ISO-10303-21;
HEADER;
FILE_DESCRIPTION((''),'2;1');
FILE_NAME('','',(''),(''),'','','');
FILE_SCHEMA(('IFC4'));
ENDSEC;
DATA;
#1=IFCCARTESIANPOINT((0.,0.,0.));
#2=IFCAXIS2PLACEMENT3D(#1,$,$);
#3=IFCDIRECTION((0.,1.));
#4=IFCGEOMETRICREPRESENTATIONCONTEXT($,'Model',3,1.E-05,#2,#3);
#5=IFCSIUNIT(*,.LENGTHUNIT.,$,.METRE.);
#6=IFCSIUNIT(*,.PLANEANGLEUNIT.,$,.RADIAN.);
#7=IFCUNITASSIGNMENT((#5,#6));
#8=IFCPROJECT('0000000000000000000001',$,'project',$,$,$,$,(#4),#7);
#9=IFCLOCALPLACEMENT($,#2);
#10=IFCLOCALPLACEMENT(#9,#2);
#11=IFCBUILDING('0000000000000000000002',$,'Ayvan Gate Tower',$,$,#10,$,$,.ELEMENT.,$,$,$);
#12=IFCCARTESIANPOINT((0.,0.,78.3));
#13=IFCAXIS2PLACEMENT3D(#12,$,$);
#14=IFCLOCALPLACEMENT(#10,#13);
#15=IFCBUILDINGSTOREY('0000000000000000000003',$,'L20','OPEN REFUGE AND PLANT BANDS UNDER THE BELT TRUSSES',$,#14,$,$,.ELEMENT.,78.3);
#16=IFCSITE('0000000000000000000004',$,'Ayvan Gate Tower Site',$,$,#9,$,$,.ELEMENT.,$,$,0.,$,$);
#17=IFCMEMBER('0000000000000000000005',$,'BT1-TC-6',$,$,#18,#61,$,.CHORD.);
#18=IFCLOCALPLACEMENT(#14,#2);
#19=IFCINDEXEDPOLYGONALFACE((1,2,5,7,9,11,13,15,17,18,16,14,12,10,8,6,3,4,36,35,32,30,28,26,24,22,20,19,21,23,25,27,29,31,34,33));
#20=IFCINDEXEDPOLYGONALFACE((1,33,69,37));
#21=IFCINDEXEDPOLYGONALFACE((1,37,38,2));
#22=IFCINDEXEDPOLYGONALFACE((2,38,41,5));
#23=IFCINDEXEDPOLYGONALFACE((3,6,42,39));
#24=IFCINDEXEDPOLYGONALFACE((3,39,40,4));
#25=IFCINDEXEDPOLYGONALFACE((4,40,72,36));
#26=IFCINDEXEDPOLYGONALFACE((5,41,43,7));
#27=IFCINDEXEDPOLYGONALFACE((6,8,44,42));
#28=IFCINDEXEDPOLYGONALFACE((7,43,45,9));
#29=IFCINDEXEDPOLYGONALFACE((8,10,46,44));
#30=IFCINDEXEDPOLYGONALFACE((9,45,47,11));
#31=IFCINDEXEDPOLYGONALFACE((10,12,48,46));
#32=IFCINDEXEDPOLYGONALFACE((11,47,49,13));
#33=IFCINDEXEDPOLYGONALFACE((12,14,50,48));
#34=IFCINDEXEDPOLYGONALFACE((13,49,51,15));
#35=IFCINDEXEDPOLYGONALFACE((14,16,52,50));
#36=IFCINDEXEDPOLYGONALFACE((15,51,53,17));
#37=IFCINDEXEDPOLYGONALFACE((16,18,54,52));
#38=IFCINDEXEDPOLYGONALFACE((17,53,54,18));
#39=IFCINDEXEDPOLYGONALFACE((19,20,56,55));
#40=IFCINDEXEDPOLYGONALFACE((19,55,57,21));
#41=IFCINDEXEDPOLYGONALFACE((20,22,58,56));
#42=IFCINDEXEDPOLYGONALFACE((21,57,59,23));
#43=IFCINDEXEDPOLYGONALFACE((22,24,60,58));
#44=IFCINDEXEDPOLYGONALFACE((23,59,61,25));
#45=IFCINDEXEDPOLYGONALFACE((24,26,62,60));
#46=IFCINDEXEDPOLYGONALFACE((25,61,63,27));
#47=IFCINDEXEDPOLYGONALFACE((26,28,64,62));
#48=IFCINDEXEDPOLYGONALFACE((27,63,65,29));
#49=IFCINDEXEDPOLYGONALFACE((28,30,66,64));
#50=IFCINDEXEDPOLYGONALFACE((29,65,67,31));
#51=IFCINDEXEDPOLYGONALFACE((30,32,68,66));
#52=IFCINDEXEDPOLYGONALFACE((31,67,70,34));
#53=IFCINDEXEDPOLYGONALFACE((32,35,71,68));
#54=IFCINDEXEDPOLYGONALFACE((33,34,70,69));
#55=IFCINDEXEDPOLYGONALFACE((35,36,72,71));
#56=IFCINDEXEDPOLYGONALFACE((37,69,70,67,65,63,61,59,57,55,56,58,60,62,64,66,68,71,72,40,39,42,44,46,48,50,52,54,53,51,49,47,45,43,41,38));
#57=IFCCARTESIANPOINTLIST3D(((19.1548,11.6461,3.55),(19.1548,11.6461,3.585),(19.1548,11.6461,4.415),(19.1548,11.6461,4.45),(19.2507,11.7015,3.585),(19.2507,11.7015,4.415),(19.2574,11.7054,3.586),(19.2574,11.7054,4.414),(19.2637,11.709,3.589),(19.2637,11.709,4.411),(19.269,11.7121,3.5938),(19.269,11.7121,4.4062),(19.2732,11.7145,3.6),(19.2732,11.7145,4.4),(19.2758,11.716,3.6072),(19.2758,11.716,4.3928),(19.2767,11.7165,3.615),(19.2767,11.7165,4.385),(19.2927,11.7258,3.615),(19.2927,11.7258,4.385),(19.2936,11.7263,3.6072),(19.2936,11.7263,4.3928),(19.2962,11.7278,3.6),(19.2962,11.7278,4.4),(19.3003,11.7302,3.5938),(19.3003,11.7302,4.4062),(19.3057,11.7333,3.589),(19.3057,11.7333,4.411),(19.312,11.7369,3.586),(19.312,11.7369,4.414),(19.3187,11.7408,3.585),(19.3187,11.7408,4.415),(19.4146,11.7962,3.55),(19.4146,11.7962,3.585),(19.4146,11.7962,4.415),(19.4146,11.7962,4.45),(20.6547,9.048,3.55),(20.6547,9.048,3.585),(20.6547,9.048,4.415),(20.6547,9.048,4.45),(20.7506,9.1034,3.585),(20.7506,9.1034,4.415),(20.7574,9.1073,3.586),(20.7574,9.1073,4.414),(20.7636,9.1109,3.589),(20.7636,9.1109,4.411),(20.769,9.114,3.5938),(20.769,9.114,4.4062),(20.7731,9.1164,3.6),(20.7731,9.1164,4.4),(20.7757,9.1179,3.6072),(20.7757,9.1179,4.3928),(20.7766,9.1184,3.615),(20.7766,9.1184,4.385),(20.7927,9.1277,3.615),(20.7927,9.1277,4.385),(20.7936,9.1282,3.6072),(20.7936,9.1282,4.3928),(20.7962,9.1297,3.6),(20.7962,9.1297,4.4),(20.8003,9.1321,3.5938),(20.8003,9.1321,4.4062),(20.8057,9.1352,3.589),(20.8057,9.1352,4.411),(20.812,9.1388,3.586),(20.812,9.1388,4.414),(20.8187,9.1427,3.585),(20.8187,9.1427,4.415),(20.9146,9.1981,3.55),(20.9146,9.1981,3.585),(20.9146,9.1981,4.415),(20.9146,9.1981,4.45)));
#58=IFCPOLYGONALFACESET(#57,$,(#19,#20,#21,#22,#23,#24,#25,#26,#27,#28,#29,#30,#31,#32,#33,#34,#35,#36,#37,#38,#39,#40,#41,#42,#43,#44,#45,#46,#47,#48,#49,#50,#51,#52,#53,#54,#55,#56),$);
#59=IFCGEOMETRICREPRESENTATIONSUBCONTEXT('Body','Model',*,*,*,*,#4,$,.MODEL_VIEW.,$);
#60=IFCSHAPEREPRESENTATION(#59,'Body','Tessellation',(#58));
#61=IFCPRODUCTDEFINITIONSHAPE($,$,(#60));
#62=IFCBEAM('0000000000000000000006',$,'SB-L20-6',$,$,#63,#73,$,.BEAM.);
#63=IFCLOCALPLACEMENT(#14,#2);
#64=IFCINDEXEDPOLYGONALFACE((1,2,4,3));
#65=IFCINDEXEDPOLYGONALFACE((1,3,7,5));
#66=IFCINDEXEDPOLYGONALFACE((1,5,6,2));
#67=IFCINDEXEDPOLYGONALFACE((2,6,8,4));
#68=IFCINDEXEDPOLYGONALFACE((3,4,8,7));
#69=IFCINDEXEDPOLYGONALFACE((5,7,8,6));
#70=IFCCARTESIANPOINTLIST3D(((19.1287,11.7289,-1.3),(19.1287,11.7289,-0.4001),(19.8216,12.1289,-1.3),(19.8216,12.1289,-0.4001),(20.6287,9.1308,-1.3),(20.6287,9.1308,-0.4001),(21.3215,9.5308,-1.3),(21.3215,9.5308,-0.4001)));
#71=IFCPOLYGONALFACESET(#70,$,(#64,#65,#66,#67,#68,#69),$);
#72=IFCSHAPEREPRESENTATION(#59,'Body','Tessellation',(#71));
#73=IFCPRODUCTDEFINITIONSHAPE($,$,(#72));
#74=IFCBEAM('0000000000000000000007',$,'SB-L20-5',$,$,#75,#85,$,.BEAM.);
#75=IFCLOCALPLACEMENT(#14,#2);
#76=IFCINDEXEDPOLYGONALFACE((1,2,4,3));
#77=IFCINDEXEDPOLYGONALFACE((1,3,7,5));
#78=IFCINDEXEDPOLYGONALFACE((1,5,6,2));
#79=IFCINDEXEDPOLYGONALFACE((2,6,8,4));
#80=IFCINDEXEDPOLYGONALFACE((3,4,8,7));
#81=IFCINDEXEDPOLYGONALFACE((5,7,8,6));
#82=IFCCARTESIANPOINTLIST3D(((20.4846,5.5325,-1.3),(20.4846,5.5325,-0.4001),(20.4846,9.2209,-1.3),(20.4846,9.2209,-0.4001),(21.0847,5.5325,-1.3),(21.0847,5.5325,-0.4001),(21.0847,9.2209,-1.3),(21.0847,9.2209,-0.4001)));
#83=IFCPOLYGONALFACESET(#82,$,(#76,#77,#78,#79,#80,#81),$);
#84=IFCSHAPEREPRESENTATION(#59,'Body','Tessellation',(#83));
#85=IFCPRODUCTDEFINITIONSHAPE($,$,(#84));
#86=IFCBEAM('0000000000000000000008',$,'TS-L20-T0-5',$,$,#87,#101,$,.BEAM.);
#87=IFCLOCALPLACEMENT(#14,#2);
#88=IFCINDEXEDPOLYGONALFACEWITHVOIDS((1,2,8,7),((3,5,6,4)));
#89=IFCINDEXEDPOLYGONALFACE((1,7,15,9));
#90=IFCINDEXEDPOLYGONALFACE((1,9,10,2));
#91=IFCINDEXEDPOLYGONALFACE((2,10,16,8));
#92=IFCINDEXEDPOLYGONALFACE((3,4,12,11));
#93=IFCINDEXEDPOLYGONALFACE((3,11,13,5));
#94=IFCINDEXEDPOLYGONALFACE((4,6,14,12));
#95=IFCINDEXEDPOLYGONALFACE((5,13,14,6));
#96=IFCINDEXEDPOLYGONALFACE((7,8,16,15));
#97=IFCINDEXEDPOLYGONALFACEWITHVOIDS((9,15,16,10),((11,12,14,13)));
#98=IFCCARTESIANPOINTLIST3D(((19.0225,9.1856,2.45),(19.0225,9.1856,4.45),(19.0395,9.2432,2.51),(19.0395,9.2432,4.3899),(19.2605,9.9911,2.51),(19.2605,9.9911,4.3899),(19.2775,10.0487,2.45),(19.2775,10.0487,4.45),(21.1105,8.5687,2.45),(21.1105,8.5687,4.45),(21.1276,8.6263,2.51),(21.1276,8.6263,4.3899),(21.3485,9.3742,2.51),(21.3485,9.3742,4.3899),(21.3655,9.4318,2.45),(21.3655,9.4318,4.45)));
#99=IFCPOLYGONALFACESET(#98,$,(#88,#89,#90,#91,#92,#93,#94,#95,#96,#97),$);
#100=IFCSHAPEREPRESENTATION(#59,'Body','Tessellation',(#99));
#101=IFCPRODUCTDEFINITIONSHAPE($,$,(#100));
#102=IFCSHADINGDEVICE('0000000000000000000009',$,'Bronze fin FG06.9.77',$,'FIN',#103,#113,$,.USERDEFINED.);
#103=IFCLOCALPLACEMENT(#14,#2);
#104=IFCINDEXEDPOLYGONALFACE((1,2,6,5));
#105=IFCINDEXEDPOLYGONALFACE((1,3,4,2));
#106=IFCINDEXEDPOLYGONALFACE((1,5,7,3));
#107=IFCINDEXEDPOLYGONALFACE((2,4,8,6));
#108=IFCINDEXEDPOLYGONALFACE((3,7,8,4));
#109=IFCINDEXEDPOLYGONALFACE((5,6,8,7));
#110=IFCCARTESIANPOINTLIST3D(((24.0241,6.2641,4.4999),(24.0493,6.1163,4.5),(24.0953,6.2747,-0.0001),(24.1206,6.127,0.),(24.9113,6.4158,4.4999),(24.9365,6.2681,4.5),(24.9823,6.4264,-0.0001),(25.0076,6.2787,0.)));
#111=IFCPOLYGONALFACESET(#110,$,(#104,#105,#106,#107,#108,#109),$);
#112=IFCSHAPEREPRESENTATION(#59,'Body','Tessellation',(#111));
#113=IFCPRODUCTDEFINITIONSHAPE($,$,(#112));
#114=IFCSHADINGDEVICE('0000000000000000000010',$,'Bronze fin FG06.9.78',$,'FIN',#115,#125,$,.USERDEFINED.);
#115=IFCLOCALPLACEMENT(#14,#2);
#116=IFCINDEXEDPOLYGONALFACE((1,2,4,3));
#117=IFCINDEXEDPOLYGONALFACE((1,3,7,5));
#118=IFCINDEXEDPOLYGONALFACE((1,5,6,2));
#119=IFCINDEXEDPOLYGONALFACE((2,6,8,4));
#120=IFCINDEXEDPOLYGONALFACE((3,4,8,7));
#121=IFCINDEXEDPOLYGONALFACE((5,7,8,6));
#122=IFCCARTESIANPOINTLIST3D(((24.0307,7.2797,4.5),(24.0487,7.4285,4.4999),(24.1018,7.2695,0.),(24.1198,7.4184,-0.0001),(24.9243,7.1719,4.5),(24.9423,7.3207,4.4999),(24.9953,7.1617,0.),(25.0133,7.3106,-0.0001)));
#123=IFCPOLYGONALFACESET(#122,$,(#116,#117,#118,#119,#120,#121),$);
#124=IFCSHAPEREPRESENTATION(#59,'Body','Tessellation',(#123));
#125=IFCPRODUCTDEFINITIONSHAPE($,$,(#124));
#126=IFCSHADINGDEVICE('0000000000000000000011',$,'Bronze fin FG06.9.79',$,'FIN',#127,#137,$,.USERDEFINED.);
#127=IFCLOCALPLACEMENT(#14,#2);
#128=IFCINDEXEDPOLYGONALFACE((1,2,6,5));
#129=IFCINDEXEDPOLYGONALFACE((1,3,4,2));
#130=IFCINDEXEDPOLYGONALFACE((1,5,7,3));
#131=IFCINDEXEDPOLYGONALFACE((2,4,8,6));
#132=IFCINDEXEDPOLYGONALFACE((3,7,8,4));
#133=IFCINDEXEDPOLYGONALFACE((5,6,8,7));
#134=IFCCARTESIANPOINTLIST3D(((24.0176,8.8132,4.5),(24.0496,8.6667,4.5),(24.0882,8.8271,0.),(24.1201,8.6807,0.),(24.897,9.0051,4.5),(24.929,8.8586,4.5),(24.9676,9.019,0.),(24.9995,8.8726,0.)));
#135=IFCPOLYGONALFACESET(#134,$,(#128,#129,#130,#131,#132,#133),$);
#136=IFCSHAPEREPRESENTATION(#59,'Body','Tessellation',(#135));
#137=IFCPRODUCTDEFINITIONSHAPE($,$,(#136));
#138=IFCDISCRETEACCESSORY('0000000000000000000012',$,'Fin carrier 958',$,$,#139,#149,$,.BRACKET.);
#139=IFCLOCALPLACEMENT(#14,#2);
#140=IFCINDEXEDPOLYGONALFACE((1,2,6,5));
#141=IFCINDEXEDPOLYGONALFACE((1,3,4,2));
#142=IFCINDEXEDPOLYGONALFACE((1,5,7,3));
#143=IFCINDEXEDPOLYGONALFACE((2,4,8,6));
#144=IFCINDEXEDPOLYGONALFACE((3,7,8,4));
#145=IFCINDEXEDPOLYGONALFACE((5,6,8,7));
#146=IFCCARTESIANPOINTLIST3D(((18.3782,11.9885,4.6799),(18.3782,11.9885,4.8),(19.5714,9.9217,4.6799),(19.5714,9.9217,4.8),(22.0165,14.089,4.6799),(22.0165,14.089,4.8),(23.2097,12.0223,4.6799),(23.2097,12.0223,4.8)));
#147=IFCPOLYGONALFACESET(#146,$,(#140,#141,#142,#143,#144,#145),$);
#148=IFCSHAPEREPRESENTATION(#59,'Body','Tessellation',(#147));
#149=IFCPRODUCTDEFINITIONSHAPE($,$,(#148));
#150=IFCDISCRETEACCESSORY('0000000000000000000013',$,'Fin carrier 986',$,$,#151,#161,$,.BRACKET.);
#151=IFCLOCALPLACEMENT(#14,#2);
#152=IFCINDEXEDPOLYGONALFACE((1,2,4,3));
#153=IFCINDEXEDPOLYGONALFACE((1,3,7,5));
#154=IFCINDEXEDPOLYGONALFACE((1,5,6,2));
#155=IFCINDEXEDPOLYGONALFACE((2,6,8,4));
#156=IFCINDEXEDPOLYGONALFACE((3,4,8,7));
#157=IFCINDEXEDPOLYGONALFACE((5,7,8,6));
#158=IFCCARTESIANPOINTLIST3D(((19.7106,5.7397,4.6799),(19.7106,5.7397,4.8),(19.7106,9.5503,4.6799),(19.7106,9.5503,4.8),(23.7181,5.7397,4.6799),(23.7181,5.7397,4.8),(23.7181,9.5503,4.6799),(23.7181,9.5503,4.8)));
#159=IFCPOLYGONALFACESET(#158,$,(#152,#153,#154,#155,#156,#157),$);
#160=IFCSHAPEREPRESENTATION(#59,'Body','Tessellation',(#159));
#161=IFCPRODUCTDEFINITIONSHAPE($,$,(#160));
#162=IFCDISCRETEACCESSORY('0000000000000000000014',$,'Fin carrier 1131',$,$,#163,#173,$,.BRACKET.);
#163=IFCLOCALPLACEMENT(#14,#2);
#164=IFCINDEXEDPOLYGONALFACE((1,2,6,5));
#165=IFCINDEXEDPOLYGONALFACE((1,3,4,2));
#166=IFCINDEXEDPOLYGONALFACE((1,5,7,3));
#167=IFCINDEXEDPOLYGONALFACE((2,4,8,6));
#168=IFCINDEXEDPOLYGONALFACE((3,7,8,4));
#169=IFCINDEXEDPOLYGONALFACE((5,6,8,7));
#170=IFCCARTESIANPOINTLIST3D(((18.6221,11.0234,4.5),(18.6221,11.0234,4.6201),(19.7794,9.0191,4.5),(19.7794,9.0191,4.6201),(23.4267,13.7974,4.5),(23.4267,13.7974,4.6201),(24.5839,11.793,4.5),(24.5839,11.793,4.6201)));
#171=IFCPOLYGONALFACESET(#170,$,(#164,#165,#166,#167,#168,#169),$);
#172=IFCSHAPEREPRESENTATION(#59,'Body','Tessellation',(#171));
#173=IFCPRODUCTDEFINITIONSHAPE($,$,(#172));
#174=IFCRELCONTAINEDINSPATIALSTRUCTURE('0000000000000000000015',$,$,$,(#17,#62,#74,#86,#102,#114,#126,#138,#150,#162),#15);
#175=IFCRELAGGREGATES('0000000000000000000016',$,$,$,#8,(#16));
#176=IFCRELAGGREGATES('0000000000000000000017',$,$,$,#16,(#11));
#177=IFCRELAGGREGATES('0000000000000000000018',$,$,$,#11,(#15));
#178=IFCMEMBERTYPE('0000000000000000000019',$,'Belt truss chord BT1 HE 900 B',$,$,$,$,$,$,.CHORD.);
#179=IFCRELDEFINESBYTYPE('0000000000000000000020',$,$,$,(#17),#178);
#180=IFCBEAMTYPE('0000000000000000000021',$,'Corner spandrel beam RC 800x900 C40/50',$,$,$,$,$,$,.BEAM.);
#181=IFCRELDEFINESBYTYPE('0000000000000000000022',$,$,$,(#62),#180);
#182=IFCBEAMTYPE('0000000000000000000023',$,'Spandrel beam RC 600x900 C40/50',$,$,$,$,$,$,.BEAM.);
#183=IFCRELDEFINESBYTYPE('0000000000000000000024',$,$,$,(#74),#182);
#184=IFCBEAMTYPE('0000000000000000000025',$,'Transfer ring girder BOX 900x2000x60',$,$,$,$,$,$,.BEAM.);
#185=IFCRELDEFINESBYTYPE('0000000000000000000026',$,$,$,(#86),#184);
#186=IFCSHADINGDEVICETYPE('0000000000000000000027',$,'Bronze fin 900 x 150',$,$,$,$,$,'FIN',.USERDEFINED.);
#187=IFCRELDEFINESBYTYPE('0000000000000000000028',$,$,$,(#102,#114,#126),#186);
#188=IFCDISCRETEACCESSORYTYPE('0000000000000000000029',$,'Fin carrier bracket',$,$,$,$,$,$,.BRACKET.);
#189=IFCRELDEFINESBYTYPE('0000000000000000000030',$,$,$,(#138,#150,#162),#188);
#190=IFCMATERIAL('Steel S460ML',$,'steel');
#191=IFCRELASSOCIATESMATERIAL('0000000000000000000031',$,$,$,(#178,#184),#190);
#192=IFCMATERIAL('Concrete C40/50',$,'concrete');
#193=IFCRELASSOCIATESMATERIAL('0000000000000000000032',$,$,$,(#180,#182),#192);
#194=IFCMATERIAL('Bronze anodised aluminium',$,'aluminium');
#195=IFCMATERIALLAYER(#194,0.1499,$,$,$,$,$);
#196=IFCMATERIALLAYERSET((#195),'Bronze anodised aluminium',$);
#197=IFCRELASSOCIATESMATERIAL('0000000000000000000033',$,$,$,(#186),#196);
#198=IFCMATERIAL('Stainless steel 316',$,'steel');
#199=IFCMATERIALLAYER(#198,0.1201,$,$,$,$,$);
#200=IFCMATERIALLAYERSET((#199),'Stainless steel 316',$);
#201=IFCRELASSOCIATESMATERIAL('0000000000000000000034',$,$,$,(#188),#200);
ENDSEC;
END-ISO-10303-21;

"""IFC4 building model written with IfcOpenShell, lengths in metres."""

from ifc_helpers import new_model, si_unit, direction, frame, origin, origin_2d, place, context, subcontext, project, spatial, polyline, rectangle, hollow_rectangle, i_section, outline, extrude, material, layer, layer_set, material_profile, profile_set, type_object, element, save


model = new_model("IFC4")

# Units and contexts
model_context = context("Model", 3, precision=1e-05, world=origin(), true_north=direction((0.0, 1.0)))
body_context = subcontext(model_context, "Body", "Model", "MODEL_VIEW")
ifc_project = project(units=[si_unit("LENGTHUNIT", "METRE"), si_unit("PLANEANGLEUNIT", "RADIAN")], contexts=[model_context])

# Site, building, storey
site_placement = place(None, origin())
site = spatial("IfcSite", under=ifc_project, at=site_placement, Name="Ayvan Gate Tower Site", CompositionType="ELEMENT", RefElevation=0.0)
building_placement = place(site_placement, origin())
building = spatial("IfcBuilding", under=site, at=building_placement, Name="Ayvan Gate Tower", CompositionType="ELEMENT")
storey_placement = place(building_placement, frame((0.0, 0.0, 78.3)))
storey = spatial("IfcBuildingStorey", under=building, at=storey_placement, Name="L20", Description="OPEN REFUGE AND PLANT BANDS UNDER THE BELT TRUSSES", CompositionType="ELEMENT", Elevation=78.3)

# Member
ifc_material_1 = material(Name="Steel S460ML", Category="steel")
ifc_material_profile_1 = material_profile(ifc_material_1, i_section(OverallWidth=0.3, OverallDepth=0.8999, WebThickness=0.0186, FlangeThickness=0.0349, FilletRadius=0.03, at=origin_2d()), Name="HE 900 B")
ifc_profile_set_1 = profile_set([ifc_material_profile_1], Name="Steel S460ML")
member_type_1 = type_object("IfcMemberType", Name="Belt truss chord BT1 HE 900 B", PredefinedType="CHORD", material=ifc_profile_set_1)
for number, where, z_axis, x_axis, name in (
    (1, (20.7847, 9.123, 4.0), (-0.49999, 0.866031, 0.0), (-0.866031, -0.49999, 0.0), "BT1-TC-6"),
):
    element("IfcMember", number, at=place(storey_placement, frame(where, z_axis=z_axis, x_axis=x_axis)), inside=storey, type_object=member_type_1, Name=name, PredefinedType="CHORD", context=body_context, shape_type="SweptSolid", body=[
        extrude(i_section(OverallWidth=0.3, OverallDepth=0.8999, WebThickness=0.0186, FlangeThickness=0.0349, FilletRadius=0.03, at=origin_2d()), origin(), (0.0, 0.0, 1.0), 3.0),
    ])

# Beams
ifc_material_2 = material(Name="Concrete C40/50", Category="concrete")
ifc_material_profile_2 = material_profile(ifc_material_2, rectangle(XDim=0.8, YDim=0.8999, at=origin_2d()), Name="RC 800x900")
ifc_profile_set_2 = profile_set([ifc_material_profile_2], Name="Concrete C40/50")
beam_type_1 = type_object("IfcBeamType", Name="Corner spandrel beam RC 800x900 C40/50", PredefinedType="BEAM", material=ifc_profile_set_2)
beam_1_placement = place(storey_placement, frame((20.9751, 9.3308, -0.8501), z_axis=(-0.49999, 0.866031, 0.0), x_axis=(-0.866031, -0.49999, 0.0)))
element("IfcBeam", 2, at=beam_1_placement, inside=storey, type_object=beam_type_1, Name="SB-L20-6", PredefinedType="BEAM", context=body_context, shape_type="SweptSolid", body=[
    extrude(rectangle(XDim=0.8, YDim=0.8999, at=origin_2d()), origin(), (0.0, 0.0, 1.0), 3.0),
])
ifc_material_profile_3 = material_profile(ifc_material_2, rectangle(XDim=0.6001, YDim=0.8999, at=origin_2d()), Name="RC 600x900")
ifc_profile_set_3 = profile_set([ifc_material_profile_3], Name="Concrete C40/50")
beam_type_2 = type_object("IfcBeamType", Name="Spandrel beam RC 600x900 C40/50", PredefinedType="BEAM", material=ifc_profile_set_3)
beam_2_placement = place(storey_placement, frame((20.7847, 5.5325, -0.8501), z_axis=(0.0, 1.0, 0.0), x_axis=(-1.0, 0.0, 0.0)))
element("IfcBeam", 3, at=beam_2_placement, inside=storey, type_object=beam_type_2, Name="SB-L20-5", PredefinedType="BEAM", context=body_context, shape_type="SweptSolid", body=[
    extrude(rectangle(XDim=0.6001, YDim=0.8999, at=origin_2d()), origin(), (0.0, 0.0, 1.0), 3.6885),
])
ifc_material_profile_4 = material_profile(ifc_material_1, hollow_rectangle(XDim=0.8999, YDim=2.0, WallThickness=0.0601, at=origin_2d()), Name="BOX 900x2000x60")
ifc_profile_set_4 = profile_set([ifc_material_profile_4], Name="Steel S460ML")
beam_type_3 = type_object("IfcBeamType", Name="Transfer ring girder BOX 900x2000x60", PredefinedType="BEAM", material=ifc_profile_set_4)
beam_3_placement = place(storey_placement, frame((21.238, 9.0002, 3.45), z_axis=(-0.959018, 0.283344, 0.0), x_axis=(-0.283344, -0.959018, 0.0)))
element("IfcBeam", 4, at=beam_3_placement, inside=storey, type_object=beam_type_3, Name="TS-L20-T0-5", PredefinedType="BEAM", context=body_context, shape_type="SweptSolid", body=[
    extrude(hollow_rectangle(XDim=0.8999, YDim=2.0, WallThickness=0.0601, at=origin_2d()), origin(), (0.0, 0.0, 1.0), 2.1772),
])

# Shading devices
ifc_material_3 = material(Name="Bronze anodised aluminium", Category="aluminium")
ifc_layer_1 = layer(ifc_material_3, 0.1499)
ifc_layer_set_1 = layer_set([ifc_layer_1], Name="Bronze anodised aluminium")
shading_device_type = type_object("IfcShadingDeviceType", Name="Bronze fin 900 x 150", ElementType="FIN", PredefinedType="USERDEFINED", material=ifc_layer_set_1)
shading_device_1_placement = place(storey_placement, frame((24.1206, 6.127, 0.0), z_axis=(0.168599, -0.985685, 0.00034), x_axis=(0.985685, 0.168599, 0.0)))
element("IfcShadingDevice", 5, at=shading_device_1_placement, inside=storey, type_object=shading_device_type, Name="Bronze fin FG06.9.77", ObjectType="FIN", PredefinedType="USERDEFINED", context=body_context, shape_type="SweptSolid", body=[
    extrude(outline(polyline([(0.0, 0.0), (0.8999, 0.0), (0.828, 4.5), (-0.072, 4.5), (0.0, 0.0)])), origin(), (0.0, 0.0, -1.0), 0.1499),
])
shading_device_2_placement = place(storey_placement, frame((24.1018, 7.2695, 0.0), z_axis=(-0.11976, -0.992803, 0.000345), x_axis=(0.992803, -0.11976, 0.0)))
element("IfcShadingDevice", 6, at=shading_device_2_placement, inside=storey, type_object=shading_device_type, Name="Bronze fin FG06.9.78", ObjectType="FIN", PredefinedType="USERDEFINED", context=body_context, shape_type="SweptSolid", body=[
    extrude(outline(polyline([(0.0, 0.0), (0.9, 0.0), (0.8283, 4.5), (-0.0718, 4.5), (0.0, 0.0)])), origin(), (0.0, 0.0, -1.0), 0.1499),
])
shading_device_3_placement = place(storey_placement, frame((24.1201, 8.6807, 0.0), z_axis=(0.213195, -0.97701, 0.000321), x_axis=(0.97701, 0.213195, 0.0)))
element("IfcShadingDevice", 7, at=shading_device_3_placement, inside=storey, type_object=shading_device_type, Name="Bronze fin FG06.9.79", ObjectType="FIN", PredefinedType="USERDEFINED", context=body_context, shape_type="SweptSolid", body=[
    extrude(outline(polyline([(0.0, 0.0), (0.9001, 0.0), (0.8282, 4.5), (-0.0719, 4.5), (0.0, 0.0)])), origin(), (0.0, 0.0, -1.0), 0.1499),
])

# Discrete accessories
ifc_material_4 = material(Name="Stainless steel 316", Category="steel")
ifc_layer_2 = layer(ifc_material_4, 0.1201)
ifc_layer_set_2 = layer_set([ifc_layer_2], Name="Stainless steel 316")
discrete_accessory_type_1 = type_object("IfcDiscreteAccessoryType", Name="Fin carrier bracket", PredefinedType="BRACKET", material=ifc_layer_set_2)
discrete_accessory_1_placement = place(storey_placement, frame((20.7939, 12.0054, 4.6799), z_axis=(0.0, 0.0, 1.0), x_axis=(-0.5, 0.866025, 0.0)))
element("IfcDiscreteAccessory", 8, at=discrete_accessory_1_placement, inside=storey, type_object=discrete_accessory_type_1, Name="Fin carrier 958", PredefinedType="BRACKET", context=body_context, shape_type="SweptSolid", body=[
    extrude(rectangle(XDim=2.3865, YDim=4.2012, at=origin_2d()), origin(), (0.0, 0.0, 1.0), 0.1201),
])
discrete_accessory_2_placement = place(storey_placement, frame((21.7144, 7.645, 4.6799), z_axis=(0.0, 0.0, 1.0), x_axis=(0.0, 1.0, 0.0)))
element("IfcDiscreteAccessory", 9, at=discrete_accessory_2_placement, inside=storey, type_object=discrete_accessory_type_1, Name="Fin carrier 986", PredefinedType="BRACKET", context=body_context, shape_type="SweptSolid", body=[
    extrude(rectangle(XDim=3.8105, YDim=4.0076, at=origin_2d()), origin(), (0.0, 0.0, 1.0), 0.1201),
])
discrete_accessory_3_placement = place(storey_placement, frame((21.603, 11.4082, 4.5), z_axis=(0.0, 0.0, 1.0), x_axis=(-0.5, 0.866025, 0.0)))
element("IfcDiscreteAccessory", 10, at=discrete_accessory_3_placement, inside=storey, type_object=discrete_accessory_type_1, Name="Fin carrier 1131", PredefinedType="BRACKET", context=body_context, shape_type="SweptSolid", body=[
    extrude(rectangle(XDim=2.3145, YDim=5.5479, at=origin_2d()), origin(), (0.0, 0.0, 1.0), 0.1201),
])

save(model, "model.ifc")
